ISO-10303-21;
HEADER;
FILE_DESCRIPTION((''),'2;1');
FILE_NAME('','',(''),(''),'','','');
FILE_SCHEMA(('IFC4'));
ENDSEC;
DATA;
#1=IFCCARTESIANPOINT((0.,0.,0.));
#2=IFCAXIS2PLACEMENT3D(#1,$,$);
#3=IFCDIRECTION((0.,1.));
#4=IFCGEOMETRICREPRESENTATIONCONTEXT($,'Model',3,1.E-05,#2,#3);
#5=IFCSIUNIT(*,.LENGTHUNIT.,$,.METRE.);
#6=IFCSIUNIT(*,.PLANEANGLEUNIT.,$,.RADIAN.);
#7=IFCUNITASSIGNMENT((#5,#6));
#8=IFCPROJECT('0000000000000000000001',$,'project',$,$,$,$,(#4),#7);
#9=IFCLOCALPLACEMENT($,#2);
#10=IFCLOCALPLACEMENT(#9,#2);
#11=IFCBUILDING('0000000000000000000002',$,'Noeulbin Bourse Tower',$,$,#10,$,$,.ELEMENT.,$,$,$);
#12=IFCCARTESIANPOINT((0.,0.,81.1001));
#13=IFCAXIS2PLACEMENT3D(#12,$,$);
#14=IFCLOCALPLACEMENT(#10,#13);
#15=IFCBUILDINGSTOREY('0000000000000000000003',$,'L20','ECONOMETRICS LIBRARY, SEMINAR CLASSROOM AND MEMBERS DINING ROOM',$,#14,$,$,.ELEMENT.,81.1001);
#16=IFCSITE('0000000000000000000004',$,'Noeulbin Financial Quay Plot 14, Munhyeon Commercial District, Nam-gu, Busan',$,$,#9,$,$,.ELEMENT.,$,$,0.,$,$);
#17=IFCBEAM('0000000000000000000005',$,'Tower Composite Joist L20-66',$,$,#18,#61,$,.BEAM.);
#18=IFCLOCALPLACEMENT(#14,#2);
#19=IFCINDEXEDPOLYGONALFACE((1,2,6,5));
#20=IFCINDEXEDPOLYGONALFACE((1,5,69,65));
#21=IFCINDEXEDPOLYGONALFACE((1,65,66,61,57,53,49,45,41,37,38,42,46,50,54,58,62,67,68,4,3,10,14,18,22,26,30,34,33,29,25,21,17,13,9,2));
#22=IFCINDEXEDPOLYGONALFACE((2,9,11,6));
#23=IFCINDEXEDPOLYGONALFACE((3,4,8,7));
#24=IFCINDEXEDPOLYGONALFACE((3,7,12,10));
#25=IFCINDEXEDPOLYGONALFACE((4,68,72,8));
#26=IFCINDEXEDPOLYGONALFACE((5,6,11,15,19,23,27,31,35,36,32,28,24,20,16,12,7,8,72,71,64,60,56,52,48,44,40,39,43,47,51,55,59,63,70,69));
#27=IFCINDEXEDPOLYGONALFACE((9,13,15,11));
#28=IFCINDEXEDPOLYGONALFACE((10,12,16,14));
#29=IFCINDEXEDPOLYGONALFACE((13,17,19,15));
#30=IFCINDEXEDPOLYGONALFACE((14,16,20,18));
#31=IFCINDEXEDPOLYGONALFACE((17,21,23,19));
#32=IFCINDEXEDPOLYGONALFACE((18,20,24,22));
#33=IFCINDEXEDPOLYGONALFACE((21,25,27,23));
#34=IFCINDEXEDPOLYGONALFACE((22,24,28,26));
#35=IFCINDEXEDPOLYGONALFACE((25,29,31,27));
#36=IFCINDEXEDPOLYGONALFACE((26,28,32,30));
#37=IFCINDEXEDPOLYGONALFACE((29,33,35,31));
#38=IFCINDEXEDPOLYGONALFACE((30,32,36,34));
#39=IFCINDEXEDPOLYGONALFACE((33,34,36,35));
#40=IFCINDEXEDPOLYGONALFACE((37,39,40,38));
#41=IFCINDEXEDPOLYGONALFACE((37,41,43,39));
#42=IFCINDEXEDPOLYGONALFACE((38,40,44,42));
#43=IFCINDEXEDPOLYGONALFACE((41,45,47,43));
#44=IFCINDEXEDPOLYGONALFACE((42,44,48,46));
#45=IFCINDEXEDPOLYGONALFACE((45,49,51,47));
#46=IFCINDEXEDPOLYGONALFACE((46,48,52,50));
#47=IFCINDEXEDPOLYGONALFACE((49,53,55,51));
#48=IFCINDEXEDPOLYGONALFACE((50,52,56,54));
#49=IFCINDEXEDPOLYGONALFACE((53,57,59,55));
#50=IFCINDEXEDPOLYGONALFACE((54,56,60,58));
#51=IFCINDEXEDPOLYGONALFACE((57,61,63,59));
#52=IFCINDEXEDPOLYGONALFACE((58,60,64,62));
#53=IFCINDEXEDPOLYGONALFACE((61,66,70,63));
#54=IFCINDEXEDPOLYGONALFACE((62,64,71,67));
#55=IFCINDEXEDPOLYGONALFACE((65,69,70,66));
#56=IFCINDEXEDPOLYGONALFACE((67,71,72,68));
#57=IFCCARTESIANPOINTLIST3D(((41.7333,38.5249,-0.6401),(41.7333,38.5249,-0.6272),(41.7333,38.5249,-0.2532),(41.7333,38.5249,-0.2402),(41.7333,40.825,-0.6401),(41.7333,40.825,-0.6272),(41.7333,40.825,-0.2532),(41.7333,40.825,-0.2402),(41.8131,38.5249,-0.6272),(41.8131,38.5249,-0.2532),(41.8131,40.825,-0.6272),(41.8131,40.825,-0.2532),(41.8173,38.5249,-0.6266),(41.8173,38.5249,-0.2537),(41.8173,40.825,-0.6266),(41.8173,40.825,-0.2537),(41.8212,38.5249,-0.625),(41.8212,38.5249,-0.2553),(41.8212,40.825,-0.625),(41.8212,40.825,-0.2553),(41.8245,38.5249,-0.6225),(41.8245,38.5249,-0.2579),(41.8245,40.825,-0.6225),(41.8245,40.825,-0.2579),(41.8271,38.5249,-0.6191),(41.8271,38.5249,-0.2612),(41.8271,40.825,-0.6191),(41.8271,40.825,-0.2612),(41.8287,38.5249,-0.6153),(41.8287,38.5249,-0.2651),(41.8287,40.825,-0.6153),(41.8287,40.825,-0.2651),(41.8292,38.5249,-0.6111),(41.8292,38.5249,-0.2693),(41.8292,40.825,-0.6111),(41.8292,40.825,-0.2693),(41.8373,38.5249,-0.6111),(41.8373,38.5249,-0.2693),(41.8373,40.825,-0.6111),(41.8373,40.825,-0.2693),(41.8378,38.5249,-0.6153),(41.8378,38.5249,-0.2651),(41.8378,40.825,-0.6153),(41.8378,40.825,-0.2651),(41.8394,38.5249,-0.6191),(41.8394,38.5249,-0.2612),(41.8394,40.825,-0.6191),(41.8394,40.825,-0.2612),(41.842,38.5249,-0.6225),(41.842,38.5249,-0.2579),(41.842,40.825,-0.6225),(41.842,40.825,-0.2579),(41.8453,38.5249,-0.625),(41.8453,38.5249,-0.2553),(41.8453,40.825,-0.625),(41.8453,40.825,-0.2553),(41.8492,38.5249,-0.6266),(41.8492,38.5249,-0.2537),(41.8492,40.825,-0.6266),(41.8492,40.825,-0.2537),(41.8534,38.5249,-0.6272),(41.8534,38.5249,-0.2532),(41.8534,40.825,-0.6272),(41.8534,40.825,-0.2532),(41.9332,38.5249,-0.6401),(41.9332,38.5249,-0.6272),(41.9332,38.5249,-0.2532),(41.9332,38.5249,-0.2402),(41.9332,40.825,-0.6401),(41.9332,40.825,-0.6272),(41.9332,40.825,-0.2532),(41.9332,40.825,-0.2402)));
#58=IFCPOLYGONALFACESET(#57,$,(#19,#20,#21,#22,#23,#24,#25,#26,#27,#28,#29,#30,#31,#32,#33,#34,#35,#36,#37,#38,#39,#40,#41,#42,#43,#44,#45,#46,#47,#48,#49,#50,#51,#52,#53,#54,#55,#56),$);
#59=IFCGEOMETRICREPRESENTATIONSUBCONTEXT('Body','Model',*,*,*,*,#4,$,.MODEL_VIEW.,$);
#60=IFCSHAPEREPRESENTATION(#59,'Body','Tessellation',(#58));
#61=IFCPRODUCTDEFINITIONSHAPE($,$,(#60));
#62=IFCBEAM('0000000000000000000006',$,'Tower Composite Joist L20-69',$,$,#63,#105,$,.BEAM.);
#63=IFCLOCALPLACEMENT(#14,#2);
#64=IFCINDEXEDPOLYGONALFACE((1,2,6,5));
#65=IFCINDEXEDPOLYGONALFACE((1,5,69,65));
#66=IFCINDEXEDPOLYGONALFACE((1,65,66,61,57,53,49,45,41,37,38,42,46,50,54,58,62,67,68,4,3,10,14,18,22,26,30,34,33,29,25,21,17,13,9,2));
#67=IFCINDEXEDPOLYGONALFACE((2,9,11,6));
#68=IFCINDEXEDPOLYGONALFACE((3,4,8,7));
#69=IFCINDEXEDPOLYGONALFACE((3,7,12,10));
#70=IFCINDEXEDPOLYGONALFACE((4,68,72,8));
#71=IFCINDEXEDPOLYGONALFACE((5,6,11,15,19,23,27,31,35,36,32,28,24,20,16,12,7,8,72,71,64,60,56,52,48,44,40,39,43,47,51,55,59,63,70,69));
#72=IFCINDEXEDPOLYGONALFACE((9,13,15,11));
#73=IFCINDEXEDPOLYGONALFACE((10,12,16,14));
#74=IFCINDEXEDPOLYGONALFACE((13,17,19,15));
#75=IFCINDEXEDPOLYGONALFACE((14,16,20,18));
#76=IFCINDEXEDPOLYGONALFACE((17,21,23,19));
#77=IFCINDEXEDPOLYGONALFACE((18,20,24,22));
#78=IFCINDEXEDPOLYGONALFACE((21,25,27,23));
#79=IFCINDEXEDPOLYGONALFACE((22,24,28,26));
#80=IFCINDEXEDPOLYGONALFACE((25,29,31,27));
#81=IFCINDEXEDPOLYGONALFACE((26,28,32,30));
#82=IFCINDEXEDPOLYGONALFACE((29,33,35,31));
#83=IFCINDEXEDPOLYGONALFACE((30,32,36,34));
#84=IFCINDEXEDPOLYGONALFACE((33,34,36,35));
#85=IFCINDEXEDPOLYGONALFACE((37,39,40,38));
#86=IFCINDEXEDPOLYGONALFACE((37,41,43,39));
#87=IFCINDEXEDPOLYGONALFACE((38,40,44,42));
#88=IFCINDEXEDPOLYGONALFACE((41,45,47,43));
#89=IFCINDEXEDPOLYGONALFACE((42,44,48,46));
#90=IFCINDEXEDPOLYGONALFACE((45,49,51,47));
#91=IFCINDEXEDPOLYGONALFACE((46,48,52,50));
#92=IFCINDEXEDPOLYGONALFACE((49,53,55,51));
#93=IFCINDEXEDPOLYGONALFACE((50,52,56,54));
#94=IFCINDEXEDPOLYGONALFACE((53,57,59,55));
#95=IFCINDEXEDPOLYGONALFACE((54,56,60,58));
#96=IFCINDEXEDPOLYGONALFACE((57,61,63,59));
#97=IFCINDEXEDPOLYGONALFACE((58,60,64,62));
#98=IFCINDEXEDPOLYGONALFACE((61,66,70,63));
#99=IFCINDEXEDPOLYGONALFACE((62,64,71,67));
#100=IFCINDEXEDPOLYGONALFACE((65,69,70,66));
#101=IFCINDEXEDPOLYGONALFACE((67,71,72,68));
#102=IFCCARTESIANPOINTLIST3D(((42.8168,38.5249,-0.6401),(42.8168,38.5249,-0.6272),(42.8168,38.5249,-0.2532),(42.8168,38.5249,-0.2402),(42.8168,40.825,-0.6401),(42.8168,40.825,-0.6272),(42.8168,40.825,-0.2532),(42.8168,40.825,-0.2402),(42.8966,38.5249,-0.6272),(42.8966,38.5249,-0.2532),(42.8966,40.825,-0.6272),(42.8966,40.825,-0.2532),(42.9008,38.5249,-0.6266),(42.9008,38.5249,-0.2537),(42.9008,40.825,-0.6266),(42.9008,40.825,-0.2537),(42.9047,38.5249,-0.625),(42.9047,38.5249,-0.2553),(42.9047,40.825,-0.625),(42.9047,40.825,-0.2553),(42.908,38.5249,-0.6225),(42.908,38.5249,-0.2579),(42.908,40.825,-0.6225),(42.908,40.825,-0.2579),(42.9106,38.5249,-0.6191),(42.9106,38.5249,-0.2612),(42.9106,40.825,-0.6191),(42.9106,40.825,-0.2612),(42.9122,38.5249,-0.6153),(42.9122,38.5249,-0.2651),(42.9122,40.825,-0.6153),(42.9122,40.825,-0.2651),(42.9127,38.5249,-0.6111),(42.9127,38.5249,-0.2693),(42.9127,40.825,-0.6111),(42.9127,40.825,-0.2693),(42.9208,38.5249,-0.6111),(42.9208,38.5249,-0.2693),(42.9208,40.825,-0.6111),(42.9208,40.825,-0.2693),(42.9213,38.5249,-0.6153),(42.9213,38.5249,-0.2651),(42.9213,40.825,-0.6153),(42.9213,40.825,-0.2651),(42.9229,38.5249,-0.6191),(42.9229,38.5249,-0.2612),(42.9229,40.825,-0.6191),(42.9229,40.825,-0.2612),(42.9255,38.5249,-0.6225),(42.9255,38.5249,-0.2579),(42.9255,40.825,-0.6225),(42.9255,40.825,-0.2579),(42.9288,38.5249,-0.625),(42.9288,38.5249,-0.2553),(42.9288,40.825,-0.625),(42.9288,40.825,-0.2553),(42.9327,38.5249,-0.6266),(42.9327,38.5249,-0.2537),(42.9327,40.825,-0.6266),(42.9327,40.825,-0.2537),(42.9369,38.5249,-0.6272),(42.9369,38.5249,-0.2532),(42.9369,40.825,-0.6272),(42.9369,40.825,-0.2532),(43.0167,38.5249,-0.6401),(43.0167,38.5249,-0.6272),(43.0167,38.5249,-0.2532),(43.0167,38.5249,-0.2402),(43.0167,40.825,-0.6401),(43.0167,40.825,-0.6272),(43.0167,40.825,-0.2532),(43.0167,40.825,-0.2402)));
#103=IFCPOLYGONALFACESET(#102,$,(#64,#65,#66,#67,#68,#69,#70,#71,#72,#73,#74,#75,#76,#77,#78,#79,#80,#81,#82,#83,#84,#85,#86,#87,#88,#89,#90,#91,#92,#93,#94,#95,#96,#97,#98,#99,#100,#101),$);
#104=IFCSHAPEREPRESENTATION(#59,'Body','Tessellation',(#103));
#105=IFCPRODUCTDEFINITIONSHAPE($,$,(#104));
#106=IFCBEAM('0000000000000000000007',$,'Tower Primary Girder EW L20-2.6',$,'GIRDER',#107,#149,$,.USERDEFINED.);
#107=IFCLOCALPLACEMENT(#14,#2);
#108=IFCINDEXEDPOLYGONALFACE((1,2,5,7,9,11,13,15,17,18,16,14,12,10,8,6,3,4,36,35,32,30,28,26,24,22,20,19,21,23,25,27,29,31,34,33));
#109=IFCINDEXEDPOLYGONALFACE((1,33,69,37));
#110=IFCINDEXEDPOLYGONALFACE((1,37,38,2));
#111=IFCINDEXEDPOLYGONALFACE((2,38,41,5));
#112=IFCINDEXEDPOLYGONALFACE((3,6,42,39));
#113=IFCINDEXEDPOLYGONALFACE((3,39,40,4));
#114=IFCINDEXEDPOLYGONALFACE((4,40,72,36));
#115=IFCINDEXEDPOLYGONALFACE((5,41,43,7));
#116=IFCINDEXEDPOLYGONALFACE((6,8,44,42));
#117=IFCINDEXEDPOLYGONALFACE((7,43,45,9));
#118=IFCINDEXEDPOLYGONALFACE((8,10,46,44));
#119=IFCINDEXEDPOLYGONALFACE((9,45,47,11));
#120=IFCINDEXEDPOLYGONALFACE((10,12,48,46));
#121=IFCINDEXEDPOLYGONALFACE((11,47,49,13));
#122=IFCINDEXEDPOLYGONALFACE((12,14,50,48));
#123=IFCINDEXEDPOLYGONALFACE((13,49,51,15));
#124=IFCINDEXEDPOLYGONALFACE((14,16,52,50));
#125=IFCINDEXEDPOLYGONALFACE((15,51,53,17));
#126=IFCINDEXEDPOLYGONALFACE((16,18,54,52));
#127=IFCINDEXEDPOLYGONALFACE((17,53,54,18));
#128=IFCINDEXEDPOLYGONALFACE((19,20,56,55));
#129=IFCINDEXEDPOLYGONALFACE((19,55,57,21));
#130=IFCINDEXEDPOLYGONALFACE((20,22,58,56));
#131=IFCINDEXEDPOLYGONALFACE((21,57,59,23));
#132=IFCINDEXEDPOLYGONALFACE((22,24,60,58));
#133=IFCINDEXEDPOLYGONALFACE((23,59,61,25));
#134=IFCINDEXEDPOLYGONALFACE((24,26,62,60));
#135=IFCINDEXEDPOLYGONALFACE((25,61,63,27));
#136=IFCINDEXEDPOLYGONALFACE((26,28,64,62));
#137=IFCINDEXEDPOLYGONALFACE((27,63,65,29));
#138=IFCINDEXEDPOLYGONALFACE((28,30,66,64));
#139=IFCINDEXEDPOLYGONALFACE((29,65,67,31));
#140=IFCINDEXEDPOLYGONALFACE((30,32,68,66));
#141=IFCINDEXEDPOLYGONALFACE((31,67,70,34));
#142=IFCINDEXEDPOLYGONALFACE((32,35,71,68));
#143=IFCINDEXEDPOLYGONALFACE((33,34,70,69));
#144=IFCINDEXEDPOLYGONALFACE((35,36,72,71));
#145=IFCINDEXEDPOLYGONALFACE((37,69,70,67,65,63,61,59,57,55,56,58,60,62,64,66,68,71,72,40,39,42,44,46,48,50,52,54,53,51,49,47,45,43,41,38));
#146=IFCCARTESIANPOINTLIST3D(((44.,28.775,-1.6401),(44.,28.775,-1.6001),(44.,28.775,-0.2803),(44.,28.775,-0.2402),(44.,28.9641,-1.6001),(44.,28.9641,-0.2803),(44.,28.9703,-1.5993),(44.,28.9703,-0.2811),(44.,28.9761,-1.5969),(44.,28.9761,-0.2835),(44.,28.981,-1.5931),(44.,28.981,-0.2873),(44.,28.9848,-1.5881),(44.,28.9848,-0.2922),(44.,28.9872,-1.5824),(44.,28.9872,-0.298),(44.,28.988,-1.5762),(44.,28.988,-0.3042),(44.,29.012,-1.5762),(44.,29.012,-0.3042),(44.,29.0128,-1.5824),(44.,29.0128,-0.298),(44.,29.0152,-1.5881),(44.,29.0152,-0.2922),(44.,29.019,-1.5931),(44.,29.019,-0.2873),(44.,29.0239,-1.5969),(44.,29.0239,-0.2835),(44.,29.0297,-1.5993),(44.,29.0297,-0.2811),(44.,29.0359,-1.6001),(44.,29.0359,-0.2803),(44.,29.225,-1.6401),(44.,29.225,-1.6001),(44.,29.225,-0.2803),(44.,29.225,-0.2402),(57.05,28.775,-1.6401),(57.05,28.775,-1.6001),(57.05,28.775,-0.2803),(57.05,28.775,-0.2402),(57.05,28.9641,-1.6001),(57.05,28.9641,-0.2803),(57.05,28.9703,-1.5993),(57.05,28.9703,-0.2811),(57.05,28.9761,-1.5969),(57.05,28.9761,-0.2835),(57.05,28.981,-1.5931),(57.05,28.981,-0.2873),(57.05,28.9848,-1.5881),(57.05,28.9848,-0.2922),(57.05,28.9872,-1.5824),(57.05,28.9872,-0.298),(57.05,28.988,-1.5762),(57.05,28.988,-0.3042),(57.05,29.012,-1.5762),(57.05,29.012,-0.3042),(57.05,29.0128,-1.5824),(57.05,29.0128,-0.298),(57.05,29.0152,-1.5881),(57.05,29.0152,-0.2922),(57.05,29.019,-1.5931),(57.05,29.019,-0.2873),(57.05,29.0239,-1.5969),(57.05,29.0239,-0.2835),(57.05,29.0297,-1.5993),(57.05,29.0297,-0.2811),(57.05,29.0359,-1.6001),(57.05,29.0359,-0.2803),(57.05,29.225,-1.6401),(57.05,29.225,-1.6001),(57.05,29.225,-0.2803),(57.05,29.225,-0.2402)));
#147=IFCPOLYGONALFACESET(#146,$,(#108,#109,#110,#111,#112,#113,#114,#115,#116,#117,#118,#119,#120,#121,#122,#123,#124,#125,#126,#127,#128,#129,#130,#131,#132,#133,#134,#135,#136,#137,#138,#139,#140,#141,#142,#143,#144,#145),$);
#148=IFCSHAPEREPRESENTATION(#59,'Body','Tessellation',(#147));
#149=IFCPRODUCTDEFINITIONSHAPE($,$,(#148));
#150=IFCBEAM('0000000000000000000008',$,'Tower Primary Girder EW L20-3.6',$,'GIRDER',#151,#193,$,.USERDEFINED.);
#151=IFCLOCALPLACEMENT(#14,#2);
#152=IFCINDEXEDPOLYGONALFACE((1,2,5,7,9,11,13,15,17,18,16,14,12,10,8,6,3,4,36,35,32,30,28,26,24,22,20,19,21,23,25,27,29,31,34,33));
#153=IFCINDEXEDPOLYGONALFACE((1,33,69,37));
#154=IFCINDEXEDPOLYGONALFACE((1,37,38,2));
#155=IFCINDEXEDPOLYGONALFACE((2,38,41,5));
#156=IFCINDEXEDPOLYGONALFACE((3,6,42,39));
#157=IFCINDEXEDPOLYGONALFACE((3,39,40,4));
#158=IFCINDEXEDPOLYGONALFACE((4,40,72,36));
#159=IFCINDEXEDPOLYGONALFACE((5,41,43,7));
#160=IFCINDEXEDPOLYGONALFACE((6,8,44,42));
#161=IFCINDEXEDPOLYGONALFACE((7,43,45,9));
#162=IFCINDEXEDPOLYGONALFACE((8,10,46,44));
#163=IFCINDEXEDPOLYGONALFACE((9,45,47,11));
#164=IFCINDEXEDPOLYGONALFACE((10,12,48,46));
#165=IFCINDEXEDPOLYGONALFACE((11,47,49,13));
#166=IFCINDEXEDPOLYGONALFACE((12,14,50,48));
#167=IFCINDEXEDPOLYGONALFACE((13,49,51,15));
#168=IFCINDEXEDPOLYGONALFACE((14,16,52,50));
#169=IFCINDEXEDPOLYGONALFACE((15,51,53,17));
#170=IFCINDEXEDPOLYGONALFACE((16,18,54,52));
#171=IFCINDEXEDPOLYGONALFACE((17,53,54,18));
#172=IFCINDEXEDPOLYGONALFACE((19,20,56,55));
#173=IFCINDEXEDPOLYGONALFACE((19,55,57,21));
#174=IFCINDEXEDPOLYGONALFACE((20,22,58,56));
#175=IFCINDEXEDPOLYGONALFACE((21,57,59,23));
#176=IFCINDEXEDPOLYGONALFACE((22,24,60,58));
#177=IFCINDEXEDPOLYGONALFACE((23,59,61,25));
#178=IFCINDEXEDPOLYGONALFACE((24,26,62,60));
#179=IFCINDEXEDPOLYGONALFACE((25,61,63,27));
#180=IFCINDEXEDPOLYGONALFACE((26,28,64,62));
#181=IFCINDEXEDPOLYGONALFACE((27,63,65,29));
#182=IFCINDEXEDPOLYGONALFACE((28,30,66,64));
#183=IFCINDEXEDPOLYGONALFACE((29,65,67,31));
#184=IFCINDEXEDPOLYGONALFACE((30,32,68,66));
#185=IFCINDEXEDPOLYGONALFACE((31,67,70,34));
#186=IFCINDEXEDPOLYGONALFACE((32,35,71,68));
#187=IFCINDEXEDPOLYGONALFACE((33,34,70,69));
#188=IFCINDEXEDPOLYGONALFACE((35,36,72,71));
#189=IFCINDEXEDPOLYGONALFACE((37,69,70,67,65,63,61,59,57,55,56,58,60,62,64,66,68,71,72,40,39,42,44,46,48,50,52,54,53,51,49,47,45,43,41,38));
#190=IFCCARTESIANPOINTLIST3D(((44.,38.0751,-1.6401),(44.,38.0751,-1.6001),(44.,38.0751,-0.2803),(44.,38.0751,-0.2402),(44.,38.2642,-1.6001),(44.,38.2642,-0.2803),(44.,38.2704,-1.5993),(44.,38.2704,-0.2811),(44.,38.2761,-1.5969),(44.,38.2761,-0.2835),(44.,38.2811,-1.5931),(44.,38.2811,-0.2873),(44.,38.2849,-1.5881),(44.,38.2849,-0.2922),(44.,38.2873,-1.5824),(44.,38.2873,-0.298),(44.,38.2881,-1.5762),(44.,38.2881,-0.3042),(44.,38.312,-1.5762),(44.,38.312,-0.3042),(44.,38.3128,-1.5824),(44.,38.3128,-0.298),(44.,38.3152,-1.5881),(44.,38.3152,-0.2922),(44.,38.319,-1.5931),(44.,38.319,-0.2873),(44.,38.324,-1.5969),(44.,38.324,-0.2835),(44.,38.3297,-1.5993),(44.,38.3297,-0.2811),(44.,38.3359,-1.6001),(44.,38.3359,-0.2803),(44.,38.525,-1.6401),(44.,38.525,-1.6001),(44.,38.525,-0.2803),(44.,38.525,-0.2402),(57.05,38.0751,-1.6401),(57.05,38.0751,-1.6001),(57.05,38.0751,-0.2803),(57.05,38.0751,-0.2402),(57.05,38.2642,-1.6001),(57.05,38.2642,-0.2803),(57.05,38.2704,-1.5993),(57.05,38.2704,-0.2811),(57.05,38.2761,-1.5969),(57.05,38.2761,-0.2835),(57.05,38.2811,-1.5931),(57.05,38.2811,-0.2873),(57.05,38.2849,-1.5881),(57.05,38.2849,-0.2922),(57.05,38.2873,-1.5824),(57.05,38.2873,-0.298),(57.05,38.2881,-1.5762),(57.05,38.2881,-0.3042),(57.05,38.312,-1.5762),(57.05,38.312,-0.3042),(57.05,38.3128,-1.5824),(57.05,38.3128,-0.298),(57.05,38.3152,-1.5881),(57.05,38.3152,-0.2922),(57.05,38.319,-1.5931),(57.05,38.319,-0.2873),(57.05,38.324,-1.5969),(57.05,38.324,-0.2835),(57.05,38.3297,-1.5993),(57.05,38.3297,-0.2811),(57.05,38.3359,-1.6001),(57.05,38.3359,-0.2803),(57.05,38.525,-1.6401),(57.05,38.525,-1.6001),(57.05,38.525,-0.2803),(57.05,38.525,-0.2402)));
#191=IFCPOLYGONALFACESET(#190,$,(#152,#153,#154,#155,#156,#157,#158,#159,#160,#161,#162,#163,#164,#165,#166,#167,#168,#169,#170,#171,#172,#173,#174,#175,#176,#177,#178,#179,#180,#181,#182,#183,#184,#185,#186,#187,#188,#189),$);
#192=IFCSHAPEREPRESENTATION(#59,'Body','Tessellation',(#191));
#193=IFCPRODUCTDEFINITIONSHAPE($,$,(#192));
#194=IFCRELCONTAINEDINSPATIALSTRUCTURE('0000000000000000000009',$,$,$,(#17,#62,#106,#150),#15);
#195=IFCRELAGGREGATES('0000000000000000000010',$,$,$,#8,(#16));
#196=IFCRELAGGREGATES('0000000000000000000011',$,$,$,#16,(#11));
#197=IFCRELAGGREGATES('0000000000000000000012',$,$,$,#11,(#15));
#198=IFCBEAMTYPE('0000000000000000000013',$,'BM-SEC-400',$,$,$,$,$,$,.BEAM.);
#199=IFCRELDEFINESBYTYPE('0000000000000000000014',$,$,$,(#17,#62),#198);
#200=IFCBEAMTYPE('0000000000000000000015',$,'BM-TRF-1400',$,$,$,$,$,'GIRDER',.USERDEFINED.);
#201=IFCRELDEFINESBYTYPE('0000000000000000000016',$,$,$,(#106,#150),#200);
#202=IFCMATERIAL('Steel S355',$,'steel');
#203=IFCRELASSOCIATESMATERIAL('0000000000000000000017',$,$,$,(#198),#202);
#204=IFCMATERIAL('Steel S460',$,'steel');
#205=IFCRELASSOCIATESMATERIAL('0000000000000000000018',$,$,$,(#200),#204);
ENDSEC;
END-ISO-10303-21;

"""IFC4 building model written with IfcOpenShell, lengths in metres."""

from ifc_helpers import new_model, si_unit, direction, frame, origin, origin_2d, place, context, subcontext, project, spatial, i_section, extrude, material, material_profile, profile_set, type_object, element, save


model = new_model("IFC4")

# Units and contexts
model_context = context("Model", 3, precision=1e-05, world=origin(), true_north=direction((0.0, 1.0)))
body_context = subcontext(model_context, "Body", "Model", "MODEL_VIEW")
ifc_project = project(units=[si_unit("LENGTHUNIT", "METRE"), si_unit("PLANEANGLEUNIT", "RADIAN")], contexts=[model_context])

# Site, building, storey
site_placement = place(None, origin())
site = spatial("IfcSite", under=ifc_project, at=site_placement, Name="Noeulbin Financial Quay Plot 14, Munhyeon Commercial District, Nam-gu, Busan", CompositionType="ELEMENT", RefElevation=0.0)
building_placement = place(site_placement, origin())
building = spatial("IfcBuilding", under=site, at=building_placement, Name="Noeulbin Bourse Tower", CompositionType="ELEMENT")
storey_placement = place(building_placement, frame((0.0, 0.0, 81.1001)))
storey = spatial("IfcBuildingStorey", under=building, at=storey_placement, Name="L20", Description="ECONOMETRICS LIBRARY, SEMINAR CLASSROOM AND MEMBERS DINING ROOM", CompositionType="ELEMENT", Elevation=81.1001)

# Shared definitions
ifc_material_1 = material(Name="Steel S460", Category="steel")

# Beams
ifc_material_2 = material(Name="Steel S355", Category="steel")
ifc_material_profile_1 = material_profile(ifc_material_2, i_section(OverallWidth=0.2, OverallDepth=0.3999, WebThickness=0.0081, FlangeThickness=0.0129, FilletRadius=0.0161, at=origin_2d()), Name="H-400x200x8x13", Category="LoadBearing")
ifc_profile_set_1 = profile_set([ifc_material_profile_1], Name="Steel S355")
beam_type_1 = type_object("IfcBeamType", Name="BM-SEC-400", PredefinedType="BEAM", material=ifc_profile_set_1)
for number, where, z_axis, x_axis, name in (
    (1, (41.8333, 38.5249, -0.4402), (0.0, 1.0, 0.0), (-1.0, 0.0, 0.0), "Tower Composite Joist L20-66"),
    (2, (42.9167, 38.5249, -0.4402), (0.0, 1.0, 0.0), (-1.0, 0.0, 0.0), "Tower Composite Joist L20-69"),
):
    element("IfcBeam", number, at=place(storey_placement, frame(where, z_axis=z_axis, x_axis=x_axis)), inside=storey, type_object=beam_type_1, Name=name, PredefinedType="BEAM", context=body_context, shape_type="SweptSolid", body=[
        extrude(i_section(OverallWidth=0.2, OverallDepth=0.3999, WebThickness=0.0081, FlangeThickness=0.0129, FilletRadius=0.0161, at=origin_2d()), origin(), (0.0, 0.0, 1.0), 2.3),
    ])
ifc_material_profile_2 = material_profile(ifc_material_1, i_section(OverallWidth=0.45, OverallDepth=1.3999, WebThickness=0.0239, FlangeThickness=0.04, FilletRadius=0.0239, at=origin_2d()), Name="PG-1400x450x24x40", Category="LoadBearing")
ifc_profile_set_2 = profile_set([ifc_material_profile_2], Name="Steel S460")
beam_type_2 = type_object("IfcBeamType", Name="BM-TRF-1400", ElementType="GIRDER", PredefinedType="USERDEFINED", material=ifc_profile_set_2)
for number, where, z_axis, x_axis, name in (
    (3, (44.0, 29.0, -0.9402), (1.0, 0.0, 0.0), (0.0, 1.0, 0.0), "Tower Primary Girder EW L20-2.6"),
    (4, (44.0, 38.3, -0.9402), (1.0, 0.0, 0.0), (0.0, 1.0, 0.0), "Tower Primary Girder EW L20-3.6"),
):
    element("IfcBeam", number, at=place(storey_placement, frame(where, z_axis=z_axis, x_axis=x_axis)), inside=storey, type_object=beam_type_2, Name=name, ObjectType="GIRDER", PredefinedType="USERDEFINED", context=body_context, shape_type="SweptSolid", body=[
        extrude(i_section(OverallWidth=0.45, OverallDepth=1.3999, WebThickness=0.0239, FlangeThickness=0.04, FilletRadius=0.0239, at=origin_2d()), origin(), (0.0, 0.0, 1.0), 13.05),
    ])

save(model, "model.ifc")
